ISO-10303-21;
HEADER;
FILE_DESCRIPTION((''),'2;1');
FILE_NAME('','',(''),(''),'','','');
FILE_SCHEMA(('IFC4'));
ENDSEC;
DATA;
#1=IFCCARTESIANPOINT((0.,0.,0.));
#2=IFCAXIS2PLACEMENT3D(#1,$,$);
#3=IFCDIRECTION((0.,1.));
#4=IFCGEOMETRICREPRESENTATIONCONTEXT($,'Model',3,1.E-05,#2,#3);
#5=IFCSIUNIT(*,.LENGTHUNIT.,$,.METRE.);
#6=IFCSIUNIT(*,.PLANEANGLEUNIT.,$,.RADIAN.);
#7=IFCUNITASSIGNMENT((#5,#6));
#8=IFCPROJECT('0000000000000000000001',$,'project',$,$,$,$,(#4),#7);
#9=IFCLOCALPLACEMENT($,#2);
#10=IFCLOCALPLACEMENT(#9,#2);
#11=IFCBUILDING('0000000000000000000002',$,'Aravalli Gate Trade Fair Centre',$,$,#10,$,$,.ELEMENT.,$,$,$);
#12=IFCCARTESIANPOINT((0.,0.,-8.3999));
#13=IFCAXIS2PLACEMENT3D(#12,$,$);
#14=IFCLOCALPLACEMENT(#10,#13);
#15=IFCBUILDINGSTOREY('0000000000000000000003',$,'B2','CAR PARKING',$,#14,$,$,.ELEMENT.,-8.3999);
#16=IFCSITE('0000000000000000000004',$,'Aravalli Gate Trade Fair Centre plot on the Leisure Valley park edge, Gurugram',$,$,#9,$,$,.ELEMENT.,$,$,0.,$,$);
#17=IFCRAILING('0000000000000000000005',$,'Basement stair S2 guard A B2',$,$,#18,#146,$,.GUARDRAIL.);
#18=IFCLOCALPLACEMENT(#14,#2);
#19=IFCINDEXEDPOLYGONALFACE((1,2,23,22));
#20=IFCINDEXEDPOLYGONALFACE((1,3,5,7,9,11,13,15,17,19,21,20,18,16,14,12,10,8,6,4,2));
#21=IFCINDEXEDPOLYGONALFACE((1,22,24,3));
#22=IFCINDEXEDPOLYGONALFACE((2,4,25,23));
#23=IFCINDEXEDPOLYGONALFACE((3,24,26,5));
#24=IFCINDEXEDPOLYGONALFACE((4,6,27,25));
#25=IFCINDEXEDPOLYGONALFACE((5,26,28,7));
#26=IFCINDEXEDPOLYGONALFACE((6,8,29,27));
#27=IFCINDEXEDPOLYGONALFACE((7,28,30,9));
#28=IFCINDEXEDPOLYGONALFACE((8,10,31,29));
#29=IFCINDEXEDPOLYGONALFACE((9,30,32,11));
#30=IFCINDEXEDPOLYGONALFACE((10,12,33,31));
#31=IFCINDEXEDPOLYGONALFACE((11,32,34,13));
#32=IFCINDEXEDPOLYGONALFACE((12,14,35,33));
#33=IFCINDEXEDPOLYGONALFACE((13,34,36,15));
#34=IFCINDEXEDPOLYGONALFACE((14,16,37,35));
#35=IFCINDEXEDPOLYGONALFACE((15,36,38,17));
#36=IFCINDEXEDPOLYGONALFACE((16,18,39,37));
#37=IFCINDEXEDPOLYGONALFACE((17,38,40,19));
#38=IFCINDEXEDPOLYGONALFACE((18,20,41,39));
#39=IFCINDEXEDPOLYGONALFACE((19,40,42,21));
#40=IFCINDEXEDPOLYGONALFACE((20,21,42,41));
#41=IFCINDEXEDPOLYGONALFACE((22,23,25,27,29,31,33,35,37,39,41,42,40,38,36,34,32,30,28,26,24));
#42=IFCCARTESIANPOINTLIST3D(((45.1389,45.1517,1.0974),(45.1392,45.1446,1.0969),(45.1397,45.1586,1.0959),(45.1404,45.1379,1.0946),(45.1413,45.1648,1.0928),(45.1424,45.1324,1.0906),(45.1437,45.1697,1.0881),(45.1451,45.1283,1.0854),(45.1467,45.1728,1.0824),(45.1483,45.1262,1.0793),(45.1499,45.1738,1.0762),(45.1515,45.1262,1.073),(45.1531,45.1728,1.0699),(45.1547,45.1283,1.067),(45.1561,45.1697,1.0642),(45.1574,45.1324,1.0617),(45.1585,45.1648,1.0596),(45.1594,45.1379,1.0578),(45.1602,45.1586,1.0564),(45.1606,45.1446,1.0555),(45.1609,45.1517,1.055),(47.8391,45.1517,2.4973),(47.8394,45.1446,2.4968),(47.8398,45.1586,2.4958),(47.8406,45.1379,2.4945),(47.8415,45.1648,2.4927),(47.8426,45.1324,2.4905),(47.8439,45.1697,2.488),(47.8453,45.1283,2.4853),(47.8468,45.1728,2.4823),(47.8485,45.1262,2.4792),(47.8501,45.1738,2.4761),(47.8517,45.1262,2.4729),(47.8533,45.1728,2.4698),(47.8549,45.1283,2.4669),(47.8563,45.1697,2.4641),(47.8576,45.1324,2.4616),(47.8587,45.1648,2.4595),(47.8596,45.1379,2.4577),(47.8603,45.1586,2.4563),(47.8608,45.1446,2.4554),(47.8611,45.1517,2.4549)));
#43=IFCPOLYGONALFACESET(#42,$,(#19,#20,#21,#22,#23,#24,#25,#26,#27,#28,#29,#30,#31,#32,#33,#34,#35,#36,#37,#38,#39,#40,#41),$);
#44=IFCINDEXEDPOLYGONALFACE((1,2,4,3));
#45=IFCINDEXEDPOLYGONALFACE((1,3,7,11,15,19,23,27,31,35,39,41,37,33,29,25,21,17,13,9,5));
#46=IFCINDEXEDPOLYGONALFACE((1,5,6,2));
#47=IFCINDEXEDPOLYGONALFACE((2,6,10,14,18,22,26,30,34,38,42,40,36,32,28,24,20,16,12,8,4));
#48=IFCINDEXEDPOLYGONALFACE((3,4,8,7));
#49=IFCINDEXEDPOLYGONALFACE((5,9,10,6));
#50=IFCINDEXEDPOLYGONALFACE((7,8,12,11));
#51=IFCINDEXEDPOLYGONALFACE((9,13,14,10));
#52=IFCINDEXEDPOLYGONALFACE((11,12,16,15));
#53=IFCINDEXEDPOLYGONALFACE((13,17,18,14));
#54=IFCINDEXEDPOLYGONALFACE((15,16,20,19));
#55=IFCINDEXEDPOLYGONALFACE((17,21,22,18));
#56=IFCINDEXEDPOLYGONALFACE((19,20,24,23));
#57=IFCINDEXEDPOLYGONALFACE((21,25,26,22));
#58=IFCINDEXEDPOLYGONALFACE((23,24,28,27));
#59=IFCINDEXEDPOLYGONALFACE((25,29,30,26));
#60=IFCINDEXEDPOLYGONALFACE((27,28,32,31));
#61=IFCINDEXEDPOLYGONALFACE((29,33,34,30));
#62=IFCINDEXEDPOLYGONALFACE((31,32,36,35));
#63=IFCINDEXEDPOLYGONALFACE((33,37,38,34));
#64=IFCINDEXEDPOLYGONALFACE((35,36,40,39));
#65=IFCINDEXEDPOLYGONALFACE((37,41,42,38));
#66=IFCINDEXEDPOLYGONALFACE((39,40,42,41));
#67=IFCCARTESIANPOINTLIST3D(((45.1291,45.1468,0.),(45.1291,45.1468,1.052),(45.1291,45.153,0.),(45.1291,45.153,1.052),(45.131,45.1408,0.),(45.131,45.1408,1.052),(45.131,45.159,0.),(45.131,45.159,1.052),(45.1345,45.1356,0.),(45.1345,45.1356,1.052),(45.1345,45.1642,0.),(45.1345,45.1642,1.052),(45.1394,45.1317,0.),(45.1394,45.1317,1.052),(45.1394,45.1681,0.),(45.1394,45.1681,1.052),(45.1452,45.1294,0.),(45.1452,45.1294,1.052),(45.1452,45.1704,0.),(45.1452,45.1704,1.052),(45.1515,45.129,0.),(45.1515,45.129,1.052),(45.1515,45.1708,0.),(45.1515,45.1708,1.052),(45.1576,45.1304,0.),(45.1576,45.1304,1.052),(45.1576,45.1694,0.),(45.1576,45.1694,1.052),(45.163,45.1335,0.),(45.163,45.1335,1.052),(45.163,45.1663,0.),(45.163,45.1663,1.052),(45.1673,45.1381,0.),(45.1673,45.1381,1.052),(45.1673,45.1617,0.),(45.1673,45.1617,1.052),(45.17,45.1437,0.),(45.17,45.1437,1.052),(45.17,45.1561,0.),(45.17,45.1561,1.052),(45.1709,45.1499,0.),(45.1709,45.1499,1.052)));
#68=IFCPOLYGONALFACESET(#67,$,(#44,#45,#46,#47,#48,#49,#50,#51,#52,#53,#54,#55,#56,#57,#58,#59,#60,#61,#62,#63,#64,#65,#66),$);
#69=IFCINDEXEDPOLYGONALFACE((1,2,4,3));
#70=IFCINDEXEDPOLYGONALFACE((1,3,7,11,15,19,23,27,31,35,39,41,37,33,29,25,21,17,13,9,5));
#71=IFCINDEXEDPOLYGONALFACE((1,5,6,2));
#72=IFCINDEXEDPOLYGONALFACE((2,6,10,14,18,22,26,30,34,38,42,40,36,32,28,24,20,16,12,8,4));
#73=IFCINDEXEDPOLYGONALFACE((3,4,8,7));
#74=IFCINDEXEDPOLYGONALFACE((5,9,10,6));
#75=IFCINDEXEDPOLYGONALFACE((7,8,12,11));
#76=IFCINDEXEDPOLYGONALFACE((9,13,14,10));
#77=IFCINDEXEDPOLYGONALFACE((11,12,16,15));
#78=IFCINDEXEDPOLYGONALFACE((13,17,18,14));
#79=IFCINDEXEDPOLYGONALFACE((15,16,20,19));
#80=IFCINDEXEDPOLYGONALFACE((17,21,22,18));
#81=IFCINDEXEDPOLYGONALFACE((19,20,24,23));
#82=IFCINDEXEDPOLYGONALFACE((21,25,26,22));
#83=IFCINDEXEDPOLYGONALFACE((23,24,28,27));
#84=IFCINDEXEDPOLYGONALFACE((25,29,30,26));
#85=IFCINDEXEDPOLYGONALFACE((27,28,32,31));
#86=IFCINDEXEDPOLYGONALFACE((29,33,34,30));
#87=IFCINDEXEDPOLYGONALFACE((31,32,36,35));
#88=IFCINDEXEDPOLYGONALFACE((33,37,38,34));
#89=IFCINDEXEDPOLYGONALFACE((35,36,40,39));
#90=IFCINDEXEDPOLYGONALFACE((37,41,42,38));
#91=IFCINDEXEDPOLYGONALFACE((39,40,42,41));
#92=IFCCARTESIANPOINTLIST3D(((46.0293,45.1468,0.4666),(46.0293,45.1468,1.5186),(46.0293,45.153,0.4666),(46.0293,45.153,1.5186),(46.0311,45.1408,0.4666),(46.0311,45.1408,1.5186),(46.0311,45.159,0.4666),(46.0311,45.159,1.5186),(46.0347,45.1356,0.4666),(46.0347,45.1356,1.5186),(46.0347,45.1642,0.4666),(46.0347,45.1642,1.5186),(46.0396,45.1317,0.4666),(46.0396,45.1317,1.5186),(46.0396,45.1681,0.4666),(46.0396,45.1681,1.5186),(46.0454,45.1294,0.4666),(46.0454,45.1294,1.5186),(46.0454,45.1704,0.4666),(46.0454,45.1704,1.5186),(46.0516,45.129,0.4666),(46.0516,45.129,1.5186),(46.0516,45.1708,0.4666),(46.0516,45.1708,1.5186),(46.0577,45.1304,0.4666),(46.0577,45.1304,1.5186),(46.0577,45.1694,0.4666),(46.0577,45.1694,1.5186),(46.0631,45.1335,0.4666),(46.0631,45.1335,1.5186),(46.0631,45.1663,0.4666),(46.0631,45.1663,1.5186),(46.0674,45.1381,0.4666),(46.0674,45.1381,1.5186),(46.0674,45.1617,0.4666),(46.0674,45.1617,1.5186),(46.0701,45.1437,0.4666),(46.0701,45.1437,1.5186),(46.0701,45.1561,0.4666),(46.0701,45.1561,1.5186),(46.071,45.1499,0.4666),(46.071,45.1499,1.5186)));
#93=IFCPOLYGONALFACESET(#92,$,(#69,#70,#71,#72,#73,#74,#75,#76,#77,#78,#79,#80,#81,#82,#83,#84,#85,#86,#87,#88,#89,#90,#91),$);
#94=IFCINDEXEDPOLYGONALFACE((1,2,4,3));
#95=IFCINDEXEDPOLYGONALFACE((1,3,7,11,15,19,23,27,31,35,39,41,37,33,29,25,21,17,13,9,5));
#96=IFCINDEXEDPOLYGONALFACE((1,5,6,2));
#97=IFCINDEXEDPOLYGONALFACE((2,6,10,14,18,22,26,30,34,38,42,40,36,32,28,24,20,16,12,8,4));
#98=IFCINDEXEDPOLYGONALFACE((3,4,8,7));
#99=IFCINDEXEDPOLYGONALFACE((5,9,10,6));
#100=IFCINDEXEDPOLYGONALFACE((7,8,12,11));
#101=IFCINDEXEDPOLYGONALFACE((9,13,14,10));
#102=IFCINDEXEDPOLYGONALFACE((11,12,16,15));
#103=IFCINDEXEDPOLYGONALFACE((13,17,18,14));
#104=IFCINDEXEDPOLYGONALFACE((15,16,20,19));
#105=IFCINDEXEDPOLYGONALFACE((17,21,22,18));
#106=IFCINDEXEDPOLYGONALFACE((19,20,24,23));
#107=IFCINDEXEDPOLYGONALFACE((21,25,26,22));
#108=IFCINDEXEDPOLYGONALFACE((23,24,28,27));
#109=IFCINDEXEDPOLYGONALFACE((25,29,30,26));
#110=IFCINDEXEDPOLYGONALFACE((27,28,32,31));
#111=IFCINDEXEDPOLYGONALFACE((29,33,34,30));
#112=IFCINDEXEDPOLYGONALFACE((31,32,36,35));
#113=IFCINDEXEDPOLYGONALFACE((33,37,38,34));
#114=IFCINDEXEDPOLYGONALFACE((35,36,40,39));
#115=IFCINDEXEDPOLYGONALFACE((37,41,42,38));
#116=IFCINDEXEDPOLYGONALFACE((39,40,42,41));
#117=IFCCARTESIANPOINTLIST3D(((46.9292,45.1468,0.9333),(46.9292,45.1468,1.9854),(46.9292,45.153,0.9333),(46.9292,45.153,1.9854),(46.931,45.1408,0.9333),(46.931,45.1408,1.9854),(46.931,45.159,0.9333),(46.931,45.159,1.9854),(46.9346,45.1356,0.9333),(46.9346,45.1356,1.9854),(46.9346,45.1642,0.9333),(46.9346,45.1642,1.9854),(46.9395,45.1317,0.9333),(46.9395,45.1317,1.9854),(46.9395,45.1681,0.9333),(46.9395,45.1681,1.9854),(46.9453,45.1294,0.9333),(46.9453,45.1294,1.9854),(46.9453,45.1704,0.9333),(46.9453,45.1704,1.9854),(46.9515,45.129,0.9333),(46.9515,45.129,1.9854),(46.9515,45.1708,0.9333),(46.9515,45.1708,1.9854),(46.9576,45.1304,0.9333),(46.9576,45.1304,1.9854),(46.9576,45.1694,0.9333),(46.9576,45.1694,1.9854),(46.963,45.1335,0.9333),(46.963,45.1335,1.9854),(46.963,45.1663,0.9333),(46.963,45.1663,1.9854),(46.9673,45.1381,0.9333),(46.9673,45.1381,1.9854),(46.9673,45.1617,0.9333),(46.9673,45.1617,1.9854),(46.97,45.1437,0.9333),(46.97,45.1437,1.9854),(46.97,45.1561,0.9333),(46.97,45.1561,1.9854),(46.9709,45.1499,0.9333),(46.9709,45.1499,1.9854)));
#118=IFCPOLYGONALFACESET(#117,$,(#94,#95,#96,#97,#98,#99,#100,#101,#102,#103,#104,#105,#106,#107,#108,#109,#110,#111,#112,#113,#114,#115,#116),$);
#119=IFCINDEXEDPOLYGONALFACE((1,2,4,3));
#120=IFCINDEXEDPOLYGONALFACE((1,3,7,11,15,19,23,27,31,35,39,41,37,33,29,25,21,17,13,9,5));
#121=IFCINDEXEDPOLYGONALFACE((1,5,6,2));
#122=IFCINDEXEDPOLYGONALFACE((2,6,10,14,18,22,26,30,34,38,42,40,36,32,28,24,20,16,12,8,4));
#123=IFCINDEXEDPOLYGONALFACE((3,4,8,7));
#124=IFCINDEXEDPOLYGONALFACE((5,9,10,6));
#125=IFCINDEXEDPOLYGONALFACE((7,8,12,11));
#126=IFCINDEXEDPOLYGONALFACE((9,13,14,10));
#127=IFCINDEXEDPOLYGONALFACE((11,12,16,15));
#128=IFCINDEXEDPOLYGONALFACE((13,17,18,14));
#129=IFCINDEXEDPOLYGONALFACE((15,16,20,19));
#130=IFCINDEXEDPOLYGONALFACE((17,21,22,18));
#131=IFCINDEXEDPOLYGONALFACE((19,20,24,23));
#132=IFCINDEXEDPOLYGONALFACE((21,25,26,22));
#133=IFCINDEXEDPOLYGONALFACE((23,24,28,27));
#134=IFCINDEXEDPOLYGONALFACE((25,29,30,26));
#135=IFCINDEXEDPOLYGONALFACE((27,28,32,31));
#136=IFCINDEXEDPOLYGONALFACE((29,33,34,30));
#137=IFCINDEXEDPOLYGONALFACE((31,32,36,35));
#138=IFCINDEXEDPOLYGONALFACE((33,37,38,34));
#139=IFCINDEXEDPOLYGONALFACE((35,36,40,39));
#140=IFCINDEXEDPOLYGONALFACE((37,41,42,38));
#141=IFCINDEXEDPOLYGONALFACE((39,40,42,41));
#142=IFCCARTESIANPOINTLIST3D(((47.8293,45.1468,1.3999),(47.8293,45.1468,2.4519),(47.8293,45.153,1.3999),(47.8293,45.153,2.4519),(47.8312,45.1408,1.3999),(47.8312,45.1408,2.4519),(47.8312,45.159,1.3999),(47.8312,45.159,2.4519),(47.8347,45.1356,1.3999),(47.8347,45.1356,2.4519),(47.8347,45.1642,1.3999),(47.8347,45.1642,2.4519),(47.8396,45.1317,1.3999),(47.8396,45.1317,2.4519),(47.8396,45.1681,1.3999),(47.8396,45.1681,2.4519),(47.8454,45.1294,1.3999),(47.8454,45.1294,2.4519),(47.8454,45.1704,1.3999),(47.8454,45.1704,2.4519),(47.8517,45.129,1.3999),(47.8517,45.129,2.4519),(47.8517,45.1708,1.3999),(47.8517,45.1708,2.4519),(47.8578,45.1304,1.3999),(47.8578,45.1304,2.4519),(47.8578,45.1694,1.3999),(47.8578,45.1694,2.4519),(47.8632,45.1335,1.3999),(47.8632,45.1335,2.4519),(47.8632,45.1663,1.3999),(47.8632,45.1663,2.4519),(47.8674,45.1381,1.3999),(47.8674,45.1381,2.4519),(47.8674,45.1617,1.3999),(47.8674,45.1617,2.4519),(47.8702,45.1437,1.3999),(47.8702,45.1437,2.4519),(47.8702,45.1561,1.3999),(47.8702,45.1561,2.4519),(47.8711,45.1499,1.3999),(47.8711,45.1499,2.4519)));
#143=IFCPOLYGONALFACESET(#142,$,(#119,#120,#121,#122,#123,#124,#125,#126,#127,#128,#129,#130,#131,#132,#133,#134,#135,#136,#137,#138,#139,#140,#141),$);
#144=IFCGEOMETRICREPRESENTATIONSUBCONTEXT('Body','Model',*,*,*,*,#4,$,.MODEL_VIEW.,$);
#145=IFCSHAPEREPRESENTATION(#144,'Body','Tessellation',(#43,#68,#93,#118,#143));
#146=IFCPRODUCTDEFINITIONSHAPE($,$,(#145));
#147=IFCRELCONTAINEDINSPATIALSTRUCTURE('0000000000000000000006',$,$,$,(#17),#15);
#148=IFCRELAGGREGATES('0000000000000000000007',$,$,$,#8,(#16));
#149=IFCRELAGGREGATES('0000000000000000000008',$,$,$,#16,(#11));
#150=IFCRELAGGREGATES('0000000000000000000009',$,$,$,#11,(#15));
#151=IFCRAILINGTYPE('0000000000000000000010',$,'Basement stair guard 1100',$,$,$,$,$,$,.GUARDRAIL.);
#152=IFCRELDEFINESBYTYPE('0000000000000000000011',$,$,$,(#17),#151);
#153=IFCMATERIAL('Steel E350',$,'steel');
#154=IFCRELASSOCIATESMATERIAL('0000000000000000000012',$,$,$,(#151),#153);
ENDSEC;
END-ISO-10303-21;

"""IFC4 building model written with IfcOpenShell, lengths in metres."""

from ifc_helpers import new_model, si_unit, direction, frame, origin, origin_2d, place, context, subcontext, project, spatial, circle, extrude, material, type_object, element, save


model = new_model("IFC4")

# Units and contexts
model_context = context("Model", 3, precision=1e-05, world=origin(), true_north=direction((0.0, 1.0)))
body_context = subcontext(model_context, "Body", "Model", "MODEL_VIEW")
ifc_project = project(units=[si_unit("LENGTHUNIT", "METRE"), si_unit("PLANEANGLEUNIT", "RADIAN")], contexts=[model_context])

# Site, building, storey
site_placement = place(None, origin())
site = spatial("IfcSite", under=ifc_project, at=site_placement, Name="Aravalli Gate Trade Fair Centre plot on the Leisure Valley park edge, Gurugram", CompositionType="ELEMENT", RefElevation=0.0)
building_placement = place(site_placement, origin())
building = spatial("IfcBuilding", under=site, at=building_placement, Name="Aravalli Gate Trade Fair Centre", CompositionType="ELEMENT")
storey_placement = place(building_placement, frame((0.0, 0.0, -8.3999)))
storey = spatial("IfcBuildingStorey", under=building, at=storey_placement, Name="B2", Description="CAR PARKING", CompositionType="ELEMENT", Elevation=-8.3999)

# Railing
ifc_material_1 = material(Name="Steel E350", Category="steel")
railing_type_1 = type_object("IfcRailingType", Name="Basement stair guard 1100", PredefinedType="GUARDRAIL", material=ifc_material_1)
railing_1_placement = place(storey_placement, frame((45.1499, 45.1499, 0.0)))
element("IfcRailing", 1, at=railing_1_placement, inside=storey, type_object=railing_type_1, Name="Basement stair S2 guard A B2", PredefinedType="GUARDRAIL", context=body_context, shape_type="SweptSolid", body=[
    extrude(circle(Radius=0.0239, at=origin_2d()), frame((0.0, 0.0, 1.0762), z_axis=(0.887781, 0.0, 0.460266), x_axis=(0.0, 1.0, 0.0)), (0.0, 0.0, 1.0), 3.0415),
    extrude(circle(Radius=0.021, at=origin_2d()), origin(), (0.0, 0.0, 1.0), 1.052),
    extrude(circle(Radius=0.021, at=origin_2d()), frame((0.9001, 0.0, 0.4666)), (0.0, 0.0, 1.0), 1.052),
    extrude(circle(Radius=0.021, at=origin_2d()), frame((1.8, 0.0, 0.9333)), (0.0, 0.0, 1.0), 1.052),
    extrude(circle(Radius=0.021, at=origin_2d()), frame((2.7002, 0.0, 1.3999)), (0.0, 0.0, 1.0), 1.052),
])

save(model, "model.ifc")
